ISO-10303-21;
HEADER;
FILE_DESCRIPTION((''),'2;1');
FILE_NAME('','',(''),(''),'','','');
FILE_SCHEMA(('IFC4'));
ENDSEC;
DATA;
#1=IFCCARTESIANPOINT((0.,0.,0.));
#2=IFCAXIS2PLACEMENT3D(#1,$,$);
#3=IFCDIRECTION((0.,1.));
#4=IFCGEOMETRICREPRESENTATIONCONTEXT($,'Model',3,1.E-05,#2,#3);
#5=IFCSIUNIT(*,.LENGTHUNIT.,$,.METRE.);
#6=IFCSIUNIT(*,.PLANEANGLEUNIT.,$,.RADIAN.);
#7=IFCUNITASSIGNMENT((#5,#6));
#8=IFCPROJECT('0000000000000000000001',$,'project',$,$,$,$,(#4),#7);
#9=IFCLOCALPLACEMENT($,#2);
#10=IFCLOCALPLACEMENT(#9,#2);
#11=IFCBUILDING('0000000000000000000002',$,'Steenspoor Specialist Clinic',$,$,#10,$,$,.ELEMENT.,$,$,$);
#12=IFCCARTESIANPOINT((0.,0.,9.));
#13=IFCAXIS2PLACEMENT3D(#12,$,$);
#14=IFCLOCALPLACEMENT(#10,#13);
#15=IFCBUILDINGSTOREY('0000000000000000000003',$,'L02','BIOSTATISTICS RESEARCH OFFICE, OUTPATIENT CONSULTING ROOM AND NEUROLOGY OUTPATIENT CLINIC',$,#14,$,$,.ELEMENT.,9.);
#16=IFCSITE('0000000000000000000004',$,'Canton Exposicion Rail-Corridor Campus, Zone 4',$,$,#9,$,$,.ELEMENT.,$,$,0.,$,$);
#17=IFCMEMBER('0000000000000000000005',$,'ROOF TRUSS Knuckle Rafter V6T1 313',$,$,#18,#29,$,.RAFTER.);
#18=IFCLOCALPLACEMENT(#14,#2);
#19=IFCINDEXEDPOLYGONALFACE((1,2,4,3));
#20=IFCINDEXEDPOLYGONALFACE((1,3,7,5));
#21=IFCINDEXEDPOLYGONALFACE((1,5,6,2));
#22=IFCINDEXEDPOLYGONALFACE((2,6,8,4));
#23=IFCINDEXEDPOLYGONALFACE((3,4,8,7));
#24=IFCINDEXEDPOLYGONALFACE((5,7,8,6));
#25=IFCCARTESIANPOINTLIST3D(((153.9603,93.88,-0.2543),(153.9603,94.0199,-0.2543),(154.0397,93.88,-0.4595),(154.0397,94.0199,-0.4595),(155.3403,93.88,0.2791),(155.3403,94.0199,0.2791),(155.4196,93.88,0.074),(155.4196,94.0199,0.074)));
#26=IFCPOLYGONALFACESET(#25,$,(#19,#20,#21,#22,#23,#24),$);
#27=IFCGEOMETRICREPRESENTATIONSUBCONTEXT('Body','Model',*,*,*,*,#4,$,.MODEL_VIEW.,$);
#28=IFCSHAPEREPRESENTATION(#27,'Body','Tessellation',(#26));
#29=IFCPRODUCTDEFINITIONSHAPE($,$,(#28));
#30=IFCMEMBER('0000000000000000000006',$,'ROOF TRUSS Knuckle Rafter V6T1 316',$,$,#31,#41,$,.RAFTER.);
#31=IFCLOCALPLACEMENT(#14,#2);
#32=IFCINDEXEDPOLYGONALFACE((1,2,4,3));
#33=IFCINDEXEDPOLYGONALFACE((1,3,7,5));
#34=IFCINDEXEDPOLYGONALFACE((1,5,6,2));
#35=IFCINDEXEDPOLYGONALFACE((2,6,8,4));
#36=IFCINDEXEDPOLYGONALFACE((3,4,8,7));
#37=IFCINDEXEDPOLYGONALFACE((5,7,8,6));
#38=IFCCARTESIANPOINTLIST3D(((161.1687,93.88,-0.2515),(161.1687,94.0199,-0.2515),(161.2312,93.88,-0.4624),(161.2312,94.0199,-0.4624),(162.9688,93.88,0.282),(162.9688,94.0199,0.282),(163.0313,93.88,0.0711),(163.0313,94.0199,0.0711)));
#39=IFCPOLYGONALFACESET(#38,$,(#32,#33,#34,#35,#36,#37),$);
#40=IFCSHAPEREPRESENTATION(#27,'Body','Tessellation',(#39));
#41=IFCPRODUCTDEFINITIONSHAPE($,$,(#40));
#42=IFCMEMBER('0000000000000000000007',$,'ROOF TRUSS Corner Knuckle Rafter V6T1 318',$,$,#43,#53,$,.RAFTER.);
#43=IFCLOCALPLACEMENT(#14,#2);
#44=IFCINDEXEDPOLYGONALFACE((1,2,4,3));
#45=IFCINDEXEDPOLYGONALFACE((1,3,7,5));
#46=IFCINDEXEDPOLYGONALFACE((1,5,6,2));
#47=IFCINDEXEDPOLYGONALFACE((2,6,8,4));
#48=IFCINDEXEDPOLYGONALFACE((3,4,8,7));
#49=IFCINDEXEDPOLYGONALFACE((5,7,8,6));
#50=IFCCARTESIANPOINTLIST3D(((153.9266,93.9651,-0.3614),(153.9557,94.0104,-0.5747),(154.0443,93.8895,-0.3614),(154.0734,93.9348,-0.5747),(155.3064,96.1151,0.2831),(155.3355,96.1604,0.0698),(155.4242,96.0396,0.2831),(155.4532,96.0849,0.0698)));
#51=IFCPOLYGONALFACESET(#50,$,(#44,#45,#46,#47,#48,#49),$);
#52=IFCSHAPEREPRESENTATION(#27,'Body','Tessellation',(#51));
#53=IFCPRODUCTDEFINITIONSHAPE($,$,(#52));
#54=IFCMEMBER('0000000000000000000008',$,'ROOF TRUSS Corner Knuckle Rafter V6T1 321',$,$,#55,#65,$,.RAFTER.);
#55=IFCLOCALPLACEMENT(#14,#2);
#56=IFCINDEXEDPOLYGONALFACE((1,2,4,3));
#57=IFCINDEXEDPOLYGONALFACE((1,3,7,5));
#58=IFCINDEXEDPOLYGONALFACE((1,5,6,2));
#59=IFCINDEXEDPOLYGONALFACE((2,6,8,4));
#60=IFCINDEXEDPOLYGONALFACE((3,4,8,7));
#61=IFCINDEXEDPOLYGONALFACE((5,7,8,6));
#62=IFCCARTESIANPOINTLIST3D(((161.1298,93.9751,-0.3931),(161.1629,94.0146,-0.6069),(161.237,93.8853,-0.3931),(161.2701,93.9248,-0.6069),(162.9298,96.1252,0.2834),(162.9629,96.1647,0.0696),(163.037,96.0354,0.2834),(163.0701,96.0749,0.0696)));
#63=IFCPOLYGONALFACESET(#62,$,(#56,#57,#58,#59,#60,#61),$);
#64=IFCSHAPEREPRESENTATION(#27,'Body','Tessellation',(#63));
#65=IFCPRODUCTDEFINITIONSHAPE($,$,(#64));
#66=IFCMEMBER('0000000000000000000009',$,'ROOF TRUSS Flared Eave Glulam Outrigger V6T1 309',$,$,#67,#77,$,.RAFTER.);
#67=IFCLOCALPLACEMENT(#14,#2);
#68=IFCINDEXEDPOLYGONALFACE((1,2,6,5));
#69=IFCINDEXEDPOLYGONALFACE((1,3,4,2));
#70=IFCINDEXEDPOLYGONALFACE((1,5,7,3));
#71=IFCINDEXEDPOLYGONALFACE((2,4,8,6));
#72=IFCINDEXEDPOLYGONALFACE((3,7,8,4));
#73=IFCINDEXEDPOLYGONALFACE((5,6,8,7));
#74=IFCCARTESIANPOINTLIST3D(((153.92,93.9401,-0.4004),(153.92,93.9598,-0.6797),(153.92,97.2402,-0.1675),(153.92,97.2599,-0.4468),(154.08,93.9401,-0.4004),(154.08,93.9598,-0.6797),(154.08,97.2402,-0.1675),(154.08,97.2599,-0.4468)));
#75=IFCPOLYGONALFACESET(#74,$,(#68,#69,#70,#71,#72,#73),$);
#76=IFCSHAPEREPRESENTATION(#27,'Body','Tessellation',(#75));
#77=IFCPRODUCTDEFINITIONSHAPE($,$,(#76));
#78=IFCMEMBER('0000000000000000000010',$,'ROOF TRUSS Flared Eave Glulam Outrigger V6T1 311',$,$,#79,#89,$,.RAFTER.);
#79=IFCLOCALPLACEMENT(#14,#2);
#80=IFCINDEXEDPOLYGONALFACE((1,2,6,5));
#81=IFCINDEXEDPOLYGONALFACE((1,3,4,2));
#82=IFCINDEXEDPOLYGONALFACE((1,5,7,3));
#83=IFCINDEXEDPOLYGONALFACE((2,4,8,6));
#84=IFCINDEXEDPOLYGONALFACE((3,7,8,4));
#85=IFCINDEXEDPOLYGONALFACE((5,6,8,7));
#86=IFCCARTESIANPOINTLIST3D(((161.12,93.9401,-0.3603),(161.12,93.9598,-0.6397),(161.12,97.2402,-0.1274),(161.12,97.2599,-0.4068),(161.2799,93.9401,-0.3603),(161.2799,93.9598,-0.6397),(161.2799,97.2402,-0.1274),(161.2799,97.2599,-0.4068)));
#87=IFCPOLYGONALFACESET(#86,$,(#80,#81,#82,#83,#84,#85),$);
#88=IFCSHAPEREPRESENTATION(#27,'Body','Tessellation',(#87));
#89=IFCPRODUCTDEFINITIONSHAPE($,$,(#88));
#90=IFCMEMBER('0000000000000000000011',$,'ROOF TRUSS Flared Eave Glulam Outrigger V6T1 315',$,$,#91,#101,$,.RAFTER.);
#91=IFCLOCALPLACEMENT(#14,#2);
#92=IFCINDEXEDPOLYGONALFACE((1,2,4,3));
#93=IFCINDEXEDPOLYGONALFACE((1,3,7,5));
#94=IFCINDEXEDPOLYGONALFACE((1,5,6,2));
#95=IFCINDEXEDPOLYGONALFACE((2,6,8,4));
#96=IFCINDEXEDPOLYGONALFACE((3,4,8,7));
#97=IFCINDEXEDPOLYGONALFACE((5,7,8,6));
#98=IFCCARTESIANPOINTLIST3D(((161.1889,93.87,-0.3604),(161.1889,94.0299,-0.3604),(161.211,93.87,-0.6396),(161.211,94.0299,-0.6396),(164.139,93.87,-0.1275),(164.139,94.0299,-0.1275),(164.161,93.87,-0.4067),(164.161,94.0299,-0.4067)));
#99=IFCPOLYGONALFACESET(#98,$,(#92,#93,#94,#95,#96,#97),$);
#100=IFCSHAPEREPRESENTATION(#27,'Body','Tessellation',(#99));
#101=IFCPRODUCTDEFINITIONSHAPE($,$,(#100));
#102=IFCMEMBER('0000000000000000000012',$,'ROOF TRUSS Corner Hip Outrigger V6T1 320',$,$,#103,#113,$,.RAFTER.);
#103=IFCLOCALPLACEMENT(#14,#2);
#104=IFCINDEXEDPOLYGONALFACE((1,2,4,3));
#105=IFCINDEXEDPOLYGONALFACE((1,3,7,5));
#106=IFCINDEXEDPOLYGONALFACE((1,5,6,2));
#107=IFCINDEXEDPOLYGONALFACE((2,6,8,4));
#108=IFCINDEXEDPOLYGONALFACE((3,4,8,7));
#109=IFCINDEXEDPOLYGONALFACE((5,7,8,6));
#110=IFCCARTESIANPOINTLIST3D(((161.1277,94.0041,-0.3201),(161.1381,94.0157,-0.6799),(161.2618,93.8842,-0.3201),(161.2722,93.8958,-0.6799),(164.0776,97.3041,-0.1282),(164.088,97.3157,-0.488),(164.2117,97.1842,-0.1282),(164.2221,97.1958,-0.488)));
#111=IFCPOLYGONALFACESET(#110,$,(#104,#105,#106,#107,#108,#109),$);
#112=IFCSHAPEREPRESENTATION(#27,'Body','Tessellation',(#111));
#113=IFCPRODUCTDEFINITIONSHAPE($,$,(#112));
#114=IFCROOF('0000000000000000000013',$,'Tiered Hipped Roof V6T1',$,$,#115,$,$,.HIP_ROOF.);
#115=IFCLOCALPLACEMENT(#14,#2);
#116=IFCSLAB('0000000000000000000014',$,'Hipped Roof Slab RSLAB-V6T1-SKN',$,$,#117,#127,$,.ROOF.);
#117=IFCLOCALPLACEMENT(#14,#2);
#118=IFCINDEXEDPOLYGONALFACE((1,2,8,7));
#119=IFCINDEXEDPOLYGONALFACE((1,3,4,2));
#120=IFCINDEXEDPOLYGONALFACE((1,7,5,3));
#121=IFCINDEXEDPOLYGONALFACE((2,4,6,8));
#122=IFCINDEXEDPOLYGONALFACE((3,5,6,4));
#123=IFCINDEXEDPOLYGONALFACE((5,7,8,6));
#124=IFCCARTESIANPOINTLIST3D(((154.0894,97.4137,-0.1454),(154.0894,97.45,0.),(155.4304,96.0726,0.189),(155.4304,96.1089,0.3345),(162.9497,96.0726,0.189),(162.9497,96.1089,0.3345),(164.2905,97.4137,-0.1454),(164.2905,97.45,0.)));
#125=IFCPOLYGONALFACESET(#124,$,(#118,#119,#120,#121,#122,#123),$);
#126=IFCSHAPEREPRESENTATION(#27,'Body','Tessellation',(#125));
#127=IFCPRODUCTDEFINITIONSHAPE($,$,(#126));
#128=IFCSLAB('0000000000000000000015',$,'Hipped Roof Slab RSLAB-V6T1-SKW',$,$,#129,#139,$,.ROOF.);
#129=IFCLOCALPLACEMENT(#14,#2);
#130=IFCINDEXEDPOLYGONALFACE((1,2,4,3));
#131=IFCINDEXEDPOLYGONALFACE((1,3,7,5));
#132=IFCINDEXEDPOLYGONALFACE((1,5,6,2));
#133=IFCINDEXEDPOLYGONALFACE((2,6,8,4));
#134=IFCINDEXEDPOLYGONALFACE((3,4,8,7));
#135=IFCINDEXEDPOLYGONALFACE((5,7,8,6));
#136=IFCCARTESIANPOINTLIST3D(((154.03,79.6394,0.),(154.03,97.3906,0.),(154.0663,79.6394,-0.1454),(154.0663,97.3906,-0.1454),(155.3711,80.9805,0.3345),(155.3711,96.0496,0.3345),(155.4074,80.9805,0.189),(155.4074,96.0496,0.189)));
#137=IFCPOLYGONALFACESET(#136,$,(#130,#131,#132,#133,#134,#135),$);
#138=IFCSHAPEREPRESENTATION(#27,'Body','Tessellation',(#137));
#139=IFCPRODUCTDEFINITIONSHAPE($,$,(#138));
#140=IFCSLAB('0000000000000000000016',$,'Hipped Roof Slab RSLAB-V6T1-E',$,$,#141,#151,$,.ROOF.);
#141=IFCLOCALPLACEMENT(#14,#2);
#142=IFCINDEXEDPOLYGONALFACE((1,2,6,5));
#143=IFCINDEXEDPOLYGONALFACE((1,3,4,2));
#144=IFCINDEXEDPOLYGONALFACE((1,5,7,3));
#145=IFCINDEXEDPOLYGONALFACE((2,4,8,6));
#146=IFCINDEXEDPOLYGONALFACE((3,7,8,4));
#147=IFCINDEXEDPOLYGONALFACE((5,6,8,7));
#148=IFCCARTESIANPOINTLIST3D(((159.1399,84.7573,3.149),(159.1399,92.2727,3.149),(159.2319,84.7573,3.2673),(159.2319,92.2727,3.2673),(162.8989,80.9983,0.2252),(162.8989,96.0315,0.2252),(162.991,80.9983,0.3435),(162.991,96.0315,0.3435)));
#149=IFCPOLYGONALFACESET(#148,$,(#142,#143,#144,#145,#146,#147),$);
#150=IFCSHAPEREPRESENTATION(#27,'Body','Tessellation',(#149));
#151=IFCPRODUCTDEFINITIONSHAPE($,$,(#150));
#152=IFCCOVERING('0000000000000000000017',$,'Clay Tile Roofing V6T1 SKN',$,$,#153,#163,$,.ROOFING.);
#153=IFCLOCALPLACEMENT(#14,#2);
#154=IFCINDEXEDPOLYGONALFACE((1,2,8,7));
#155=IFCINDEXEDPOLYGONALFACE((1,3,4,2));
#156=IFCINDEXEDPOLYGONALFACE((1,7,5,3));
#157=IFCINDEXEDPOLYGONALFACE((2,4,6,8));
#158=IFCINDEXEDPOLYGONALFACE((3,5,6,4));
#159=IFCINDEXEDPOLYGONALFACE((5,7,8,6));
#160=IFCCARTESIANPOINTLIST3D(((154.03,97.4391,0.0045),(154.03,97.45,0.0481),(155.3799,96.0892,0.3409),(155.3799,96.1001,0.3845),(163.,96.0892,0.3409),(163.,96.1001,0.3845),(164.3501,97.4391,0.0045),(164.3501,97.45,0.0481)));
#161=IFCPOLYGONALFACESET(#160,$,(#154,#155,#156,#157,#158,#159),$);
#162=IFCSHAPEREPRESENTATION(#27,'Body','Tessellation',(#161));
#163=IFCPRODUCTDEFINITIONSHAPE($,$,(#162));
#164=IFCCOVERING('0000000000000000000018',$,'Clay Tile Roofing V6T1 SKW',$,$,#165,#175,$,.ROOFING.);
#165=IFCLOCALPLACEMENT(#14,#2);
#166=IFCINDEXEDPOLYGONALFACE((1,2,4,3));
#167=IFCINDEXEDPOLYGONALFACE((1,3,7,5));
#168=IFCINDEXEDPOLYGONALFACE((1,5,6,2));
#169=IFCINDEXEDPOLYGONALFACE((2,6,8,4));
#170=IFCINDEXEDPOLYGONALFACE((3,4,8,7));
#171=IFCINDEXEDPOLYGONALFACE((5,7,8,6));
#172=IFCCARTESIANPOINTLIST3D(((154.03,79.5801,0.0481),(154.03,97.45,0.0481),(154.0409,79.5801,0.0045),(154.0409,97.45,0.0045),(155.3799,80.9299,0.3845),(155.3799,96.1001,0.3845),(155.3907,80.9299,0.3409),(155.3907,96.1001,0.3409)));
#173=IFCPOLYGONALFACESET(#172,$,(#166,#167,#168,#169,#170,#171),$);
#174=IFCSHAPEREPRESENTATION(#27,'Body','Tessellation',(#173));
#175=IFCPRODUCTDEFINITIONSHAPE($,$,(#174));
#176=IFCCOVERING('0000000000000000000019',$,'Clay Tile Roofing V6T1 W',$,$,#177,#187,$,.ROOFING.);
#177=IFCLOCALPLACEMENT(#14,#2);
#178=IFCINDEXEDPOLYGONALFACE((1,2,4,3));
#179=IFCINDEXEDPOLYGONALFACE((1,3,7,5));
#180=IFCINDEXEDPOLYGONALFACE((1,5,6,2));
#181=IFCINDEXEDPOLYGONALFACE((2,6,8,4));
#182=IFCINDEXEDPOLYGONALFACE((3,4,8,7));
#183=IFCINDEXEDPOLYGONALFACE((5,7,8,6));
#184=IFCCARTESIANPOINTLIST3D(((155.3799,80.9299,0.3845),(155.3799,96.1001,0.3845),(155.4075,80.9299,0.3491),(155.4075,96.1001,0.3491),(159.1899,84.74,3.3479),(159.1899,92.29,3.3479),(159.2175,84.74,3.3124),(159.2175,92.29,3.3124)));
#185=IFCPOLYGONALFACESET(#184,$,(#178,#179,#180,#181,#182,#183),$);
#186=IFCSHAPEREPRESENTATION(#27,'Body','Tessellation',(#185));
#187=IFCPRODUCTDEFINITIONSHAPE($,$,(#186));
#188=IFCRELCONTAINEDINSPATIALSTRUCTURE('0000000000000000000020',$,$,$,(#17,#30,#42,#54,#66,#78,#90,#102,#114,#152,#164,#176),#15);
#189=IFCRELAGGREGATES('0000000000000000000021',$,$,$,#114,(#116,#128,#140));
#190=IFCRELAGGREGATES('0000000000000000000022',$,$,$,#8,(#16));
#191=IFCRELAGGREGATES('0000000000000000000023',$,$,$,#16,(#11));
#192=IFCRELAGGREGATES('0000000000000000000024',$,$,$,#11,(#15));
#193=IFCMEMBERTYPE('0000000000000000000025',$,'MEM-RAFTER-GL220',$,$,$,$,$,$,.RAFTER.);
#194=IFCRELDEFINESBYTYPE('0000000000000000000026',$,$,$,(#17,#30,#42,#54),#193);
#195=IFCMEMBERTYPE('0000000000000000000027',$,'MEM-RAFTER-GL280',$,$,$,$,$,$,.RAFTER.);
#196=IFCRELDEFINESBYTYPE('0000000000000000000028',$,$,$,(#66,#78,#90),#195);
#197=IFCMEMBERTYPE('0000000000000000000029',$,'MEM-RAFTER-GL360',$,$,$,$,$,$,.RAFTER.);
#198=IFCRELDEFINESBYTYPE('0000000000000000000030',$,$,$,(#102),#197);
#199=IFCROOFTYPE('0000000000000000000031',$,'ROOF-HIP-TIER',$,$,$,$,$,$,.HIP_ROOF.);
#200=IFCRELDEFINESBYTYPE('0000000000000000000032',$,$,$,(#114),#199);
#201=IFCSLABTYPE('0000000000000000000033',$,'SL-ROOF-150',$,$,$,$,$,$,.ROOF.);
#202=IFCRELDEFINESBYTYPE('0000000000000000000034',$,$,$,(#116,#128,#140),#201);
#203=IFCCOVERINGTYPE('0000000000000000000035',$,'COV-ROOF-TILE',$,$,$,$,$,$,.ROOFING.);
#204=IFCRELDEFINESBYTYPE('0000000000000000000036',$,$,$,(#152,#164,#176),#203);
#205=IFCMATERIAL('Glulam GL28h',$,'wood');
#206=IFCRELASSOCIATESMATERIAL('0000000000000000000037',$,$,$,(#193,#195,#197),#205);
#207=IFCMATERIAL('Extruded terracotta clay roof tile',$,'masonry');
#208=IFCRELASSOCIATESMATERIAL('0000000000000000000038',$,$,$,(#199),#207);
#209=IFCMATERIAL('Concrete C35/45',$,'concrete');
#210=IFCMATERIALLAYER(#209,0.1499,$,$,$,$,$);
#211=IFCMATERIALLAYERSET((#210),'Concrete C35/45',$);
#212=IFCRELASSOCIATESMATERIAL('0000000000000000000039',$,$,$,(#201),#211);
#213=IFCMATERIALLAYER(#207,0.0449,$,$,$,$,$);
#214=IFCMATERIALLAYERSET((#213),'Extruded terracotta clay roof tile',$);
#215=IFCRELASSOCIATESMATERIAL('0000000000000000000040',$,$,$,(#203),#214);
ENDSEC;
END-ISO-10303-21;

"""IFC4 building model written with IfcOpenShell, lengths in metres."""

from ifc_helpers import new_model, si_unit, direction, frame, origin, origin_2d, place, context, subcontext, project, spatial, polyline, rectangle, outline, extrude, material, layer, layer_set, material_profile, profile_set, type_object, element, aggregate, save


model = new_model("IFC4")

# Units and contexts
model_context = context("Model", 3, precision=1e-05, world=origin(), true_north=direction((0.0, 1.0)))
body_context = subcontext(model_context, "Body", "Model", "MODEL_VIEW")
ifc_project = project(units=[si_unit("LENGTHUNIT", "METRE"), si_unit("PLANEANGLEUNIT", "RADIAN")], contexts=[model_context])

# Site, building, storey
site_placement = place(None, origin())
site = spatial("IfcSite", under=ifc_project, at=site_placement, Name="Canton Exposicion Rail-Corridor Campus, Zone 4", CompositionType="ELEMENT", RefElevation=0.0)
building_placement = place(site_placement, origin())
building = spatial("IfcBuilding", under=site, at=building_placement, Name="Steenspoor Specialist Clinic", CompositionType="ELEMENT")
storey_placement = place(building_placement, frame((0.0, 0.0, 9.0)))
storey = spatial("IfcBuildingStorey", under=building, at=storey_placement, Name="L02", Description="BIOSTATISTICS RESEARCH OFFICE, OUTPATIENT CONSULTING ROOM AND NEUROLOGY OUTPATIENT CLINIC", CompositionType="ELEMENT", Elevation=9.0)

# Members
ifc_material_1 = material(Name="Glulam GL28h", Category="wood")
ifc_material_profile_1 = material_profile(ifc_material_1, rectangle(XDim=0.1399, YDim=0.22, at=origin_2d()), Name="GL28H-140X220")
ifc_profile_set_1 = profile_set([ifc_material_profile_1], Name="Glulam GL28h")
member_type_1 = type_object("IfcMemberType", Name="MEM-RAFTER-GL220", PredefinedType="RAFTER", material=ifc_profile_set_1)
member_1_placement = place(storey_placement, frame((154.0, 93.95, -0.3569), z_axis=(0.932728, 0.0, 0.360582), x_axis=(0.0, 1.0, 0.0)))
element("IfcMember", 1, at=member_1_placement, inside=storey, type_object=member_type_1, Name="ROOF TRUSS Knuckle Rafter V6T1 313", PredefinedType="RAFTER", context=body_context, shape_type="SweptSolid", body=[
    extrude(rectangle(XDim=0.1399, YDim=0.22, at=origin_2d()), origin(), (0.0, 0.0, 1.0), 1.4795),
])
member_2_placement = place(storey_placement, frame((161.2, 93.95, -0.3569), z_axis=(0.958784, 0.0, 0.284137), x_axis=(0.0, 1.0, 0.0)))
element("IfcMember", 2, at=member_2_placement, inside=storey, type_object=member_type_1, Name="ROOF TRUSS Knuckle Rafter V6T1 316", PredefinedType="RAFTER", context=body_context, shape_type="SweptSolid", body=[
    extrude(rectangle(XDim=0.1399, YDim=0.22, at=origin_2d()), origin(), (0.0, 0.0, 1.0), 1.8774),
])
member_3_placement = place(storey_placement, frame((154.0, 93.95, -0.468), z_axis=(0.523697, 0.81603, 0.244614), x_axis=(-0.841597, 0.540105, 0.0)))
element("IfcMember", 3, at=member_3_placement, inside=storey, type_object=member_type_1, Name="ROOF TRUSS Corner Knuckle Rafter V6T1 318", PredefinedType="RAFTER", context=body_context, shape_type="SweptSolid", body=[
    extrude(rectangle(XDim=0.1399, YDim=0.22, at=origin_2d()), origin(), (0.0, 0.0, 1.0), 2.6348),
])
member_4_placement = place(storey_placement, frame((161.2, 93.95, -0.5), z_axis=(0.624018, 0.745385, 0.234525), x_axis=(-0.766771, 0.641921, 0.0)))
element("IfcMember", 4, at=member_4_placement, inside=storey, type_object=member_type_1, Name="ROOF TRUSS Corner Knuckle Rafter V6T1 321", PredefinedType="RAFTER", context=body_context, shape_type="SweptSolid", body=[
    extrude(rectangle(XDim=0.1399, YDim=0.22, at=origin_2d()), origin(), (0.0, 0.0, 1.0), 2.8845),
])
ifc_material_profile_2 = material_profile(ifc_material_1, rectangle(XDim=0.1599, YDim=0.28, at=origin_2d()), Name="GL28H-160X280")
ifc_profile_set_2 = profile_set([ifc_material_profile_2], Name="Glulam GL28h")
member_type_2 = type_object("IfcMemberType", Name="MEM-RAFTER-GL280", PredefinedType="RAFTER", material=ifc_profile_set_2)
for number, where, z_axis, x_axis, name in (
    (5, (154.0, 93.95, -0.54), (0.0, 0.997519, 0.070403), (-1.0, 0.0, 0.0), "ROOF TRUSS Flared Eave Glulam Outrigger V6T1 309"),
    (6, (161.2, 93.95, -0.5), (0.0, 0.997519, 0.070403), (-1.0, 0.0, 0.0), "ROOF TRUSS Flared Eave Glulam Outrigger V6T1 311"),
):
    element("IfcMember", number, at=place(storey_placement, frame(where, z_axis=z_axis, x_axis=x_axis)), inside=storey, type_object=member_type_2, Name=name, PredefinedType="RAFTER", context=body_context, shape_type="SweptSolid", body=[
        extrude(rectangle(XDim=0.1599, YDim=0.28, at=origin_2d()), origin(), (0.0, 0.0, 1.0), 3.3083),
    ])
member_5_placement = place(storey_placement, frame((161.2, 93.95, -0.5), z_axis=(0.996898, 0.0, 0.078709), x_axis=(0.0, 1.0, 0.0)))
element("IfcMember", 7, at=member_5_placement, inside=storey, type_object=member_type_2, Name="ROOF TRUSS Flared Eave Glulam Outrigger V6T1 315", PredefinedType="RAFTER", context=body_context, shape_type="SweptSolid", body=[
    extrude(rectangle(XDim=0.1599, YDim=0.28, at=origin_2d()), origin(), (0.0, 0.0, 1.0), 2.9592),
])
ifc_material_profile_3 = material_profile(ifc_material_1, rectangle(XDim=0.1799, YDim=0.3601, at=origin_2d()), Name="GL28H-180X360")
ifc_profile_set_3 = profile_set([ifc_material_profile_3], Name="Glulam GL28h")
member_type_3 = type_object("IfcMemberType", Name="MEM-RAFTER-GL360", PredefinedType="RAFTER", material=ifc_profile_set_3)
member_6_placement = place(storey_placement, frame((161.2, 93.95, -0.5), z_axis=(0.665828, 0.744847, 0.043312), x_axis=(-0.745547, 0.666453, 0.0)))
element("IfcMember", 8, at=member_6_placement, inside=storey, type_object=member_type_3, Name="ROOF TRUSS Corner Hip Outrigger V6T1 320", PredefinedType="RAFTER", context=body_context, shape_type="SweptSolid", body=[
    extrude(rectangle(XDim=0.1799, YDim=0.3601, at=origin_2d()), origin(), (0.0, 0.0, 1.0), 4.4304),
])

# Roof, slabs
ifc_material_2 = material(Name="Extruded terracotta clay roof tile", Category="masonry")
roof_type = type_object("IfcRoofType", Name="ROOF-HIP-TIER", PredefinedType="HIP_ROOF", material=ifc_material_2)
roof_placement = place(storey_placement, origin())
roof = element("IfcRoof", 9, at=roof_placement, inside=storey, type_object=roof_type, Name="Tiered Hipped Roof V6T1", PredefinedType="HIP_ROOF")
ifc_material_3 = material(Name="Concrete C35/45", Category="concrete")
ifc_layer_1 = layer(ifc_material_3, 0.1499)
ifc_layer_set_1 = layer_set([ifc_layer_1], Name="Concrete C35/45")
slab_type = type_object("IfcSlabType", Name="SL-ROOF-150", PredefinedType="ROOF", material=ifc_layer_set_1)
slab_1_placement = place(storey_placement, frame((162.9497, 96.1089, 0.3345), z_axis=(0.0, 0.241995, 0.970277), x_axis=(0.696295, 0.696422, -0.173693)))
slab_1 = element("IfcSlab", 10, at=slab_1_placement, type_object=slab_type, Name="Hipped Roof Slab RSLAB-V6T1-SKN", PredefinedType="ROOF", context=body_context, shape_type="SweptSolid", body=[
    extrude(outline(polyline([(0.0, 0.0), (1.9256, 0.0), (-5.1774, 7.3219), (-5.2356, 5.397), (0.0, 0.0)])), origin(), (0.0, 0.0, -1.0), 0.1499),
])
slab_2_placement = place(storey_placement, frame((155.3711, 96.0496, 0.3345), z_axis=(-0.241995, 0.0, 0.970277), x_axis=(-0.696361, 0.696361, -0.173678)))
slab_2 = element("IfcSlab", 11, at=slab_2_placement, type_object=slab_type, Name="Hipped Roof Slab RSLAB-V6T1-SKW", PredefinedType="ROOF", context=body_context, shape_type="SweptSolid", body=[
    extrude(outline(polyline([(0.0, 0.0), (1.9258, 0.0), (-10.4354, 12.7399), (-10.4935, 10.815), (0.0, 0.0)])), origin(), (0.0, 0.0, -1.0), 0.1499),
])
slab_3_placement = place(storey_placement, frame((162.991, 96.0315, 0.3435), z_axis=(0.613958, 0.0, 0.789338), x_axis=(-0.619594, -0.619554, 0.481929)))
slab_3 = element("IfcSlab", 12, at=slab_3_placement, type_object=slab_type, Name="Hipped Roof Slab RSLAB-V6T1-E", PredefinedType="ROOF", context=body_context, shape_type="SweptSolid", body=[
    extrude(outline(polyline([(0.0, 0.0), (6.0669, 0.0), (10.7231, 5.8992), (9.3139, 11.8004), (0.0, 0.0)])), origin(), (0.0, 0.0, -1.0), 0.1499),
])
aggregate(roof, [slab_1, slab_2, slab_3])

# Coverings
ifc_layer_2 = layer(ifc_material_2, 0.0449)
ifc_layer_set_2 = layer_set([ifc_layer_2], Name="Extruded terracotta clay roof tile")
covering_type = type_object("IfcCoveringType", Name="COV-ROOF-TILE", PredefinedType="ROOFING", material=ifc_layer_set_2)
covering_1_placement = place(storey_placement, frame((164.3501, 97.45, 0.0481), z_axis=(0.0, 0.241834, 0.970318), x_axis=(-1.0, 0.0, 0.0)))
element("IfcCovering", 13, at=covering_1_placement, inside=storey, type_object=covering_type, Name="Clay Tile Roofing V6T1 SKN", PredefinedType="ROOFING", context=body_context, shape_type="SweptSolid", body=[
    extrude(outline(polyline([(0.0, 0.0), (10.3201, 0.0), (8.9702, 1.3911), (1.3501, 1.3911), (0.0, 0.0)])), origin(), (0.0, 0.0, -1.0), 0.0449),
])
covering_2_placement = place(storey_placement, frame((154.03, 97.45, 0.0481), z_axis=(-0.241834, 0.0, 0.970318), x_axis=(0.0, -1.0, 0.0)))
element("IfcCovering", 14, at=covering_2_placement, inside=storey, type_object=covering_type, Name="Clay Tile Roofing V6T1 SKW", PredefinedType="ROOFING", context=body_context, shape_type="SweptSolid", body=[
    extrude(outline(polyline([(0.0, 0.0), (17.8699, 0.0), (16.52, 1.3911), (1.3499, 1.3911), (0.0, 0.0)])), origin(), (0.0, 0.0, -1.0), 0.0449),
])
covering_3_placement = place(storey_placement, frame((155.3799, 96.1001, 0.3845), z_axis=(-0.613941, 0.0, 0.789352), x_axis=(0.0, -1.0, 0.0)))
element("IfcCovering", 15, at=covering_3_placement, inside=storey, type_object=covering_type, Name="Clay Tile Roofing V6T1 W", PredefinedType="ROOFING", context=body_context, shape_type="SweptSolid", body=[
    extrude(outline(polyline([(0.0, 0.0), (15.1702, 0.0), (11.3601, 4.8268), (3.8101, 4.8268), (0.0, 0.0)])), origin(), (0.0, 0.0, -1.0), 0.0449),
])

save(model, "model.ifc")
